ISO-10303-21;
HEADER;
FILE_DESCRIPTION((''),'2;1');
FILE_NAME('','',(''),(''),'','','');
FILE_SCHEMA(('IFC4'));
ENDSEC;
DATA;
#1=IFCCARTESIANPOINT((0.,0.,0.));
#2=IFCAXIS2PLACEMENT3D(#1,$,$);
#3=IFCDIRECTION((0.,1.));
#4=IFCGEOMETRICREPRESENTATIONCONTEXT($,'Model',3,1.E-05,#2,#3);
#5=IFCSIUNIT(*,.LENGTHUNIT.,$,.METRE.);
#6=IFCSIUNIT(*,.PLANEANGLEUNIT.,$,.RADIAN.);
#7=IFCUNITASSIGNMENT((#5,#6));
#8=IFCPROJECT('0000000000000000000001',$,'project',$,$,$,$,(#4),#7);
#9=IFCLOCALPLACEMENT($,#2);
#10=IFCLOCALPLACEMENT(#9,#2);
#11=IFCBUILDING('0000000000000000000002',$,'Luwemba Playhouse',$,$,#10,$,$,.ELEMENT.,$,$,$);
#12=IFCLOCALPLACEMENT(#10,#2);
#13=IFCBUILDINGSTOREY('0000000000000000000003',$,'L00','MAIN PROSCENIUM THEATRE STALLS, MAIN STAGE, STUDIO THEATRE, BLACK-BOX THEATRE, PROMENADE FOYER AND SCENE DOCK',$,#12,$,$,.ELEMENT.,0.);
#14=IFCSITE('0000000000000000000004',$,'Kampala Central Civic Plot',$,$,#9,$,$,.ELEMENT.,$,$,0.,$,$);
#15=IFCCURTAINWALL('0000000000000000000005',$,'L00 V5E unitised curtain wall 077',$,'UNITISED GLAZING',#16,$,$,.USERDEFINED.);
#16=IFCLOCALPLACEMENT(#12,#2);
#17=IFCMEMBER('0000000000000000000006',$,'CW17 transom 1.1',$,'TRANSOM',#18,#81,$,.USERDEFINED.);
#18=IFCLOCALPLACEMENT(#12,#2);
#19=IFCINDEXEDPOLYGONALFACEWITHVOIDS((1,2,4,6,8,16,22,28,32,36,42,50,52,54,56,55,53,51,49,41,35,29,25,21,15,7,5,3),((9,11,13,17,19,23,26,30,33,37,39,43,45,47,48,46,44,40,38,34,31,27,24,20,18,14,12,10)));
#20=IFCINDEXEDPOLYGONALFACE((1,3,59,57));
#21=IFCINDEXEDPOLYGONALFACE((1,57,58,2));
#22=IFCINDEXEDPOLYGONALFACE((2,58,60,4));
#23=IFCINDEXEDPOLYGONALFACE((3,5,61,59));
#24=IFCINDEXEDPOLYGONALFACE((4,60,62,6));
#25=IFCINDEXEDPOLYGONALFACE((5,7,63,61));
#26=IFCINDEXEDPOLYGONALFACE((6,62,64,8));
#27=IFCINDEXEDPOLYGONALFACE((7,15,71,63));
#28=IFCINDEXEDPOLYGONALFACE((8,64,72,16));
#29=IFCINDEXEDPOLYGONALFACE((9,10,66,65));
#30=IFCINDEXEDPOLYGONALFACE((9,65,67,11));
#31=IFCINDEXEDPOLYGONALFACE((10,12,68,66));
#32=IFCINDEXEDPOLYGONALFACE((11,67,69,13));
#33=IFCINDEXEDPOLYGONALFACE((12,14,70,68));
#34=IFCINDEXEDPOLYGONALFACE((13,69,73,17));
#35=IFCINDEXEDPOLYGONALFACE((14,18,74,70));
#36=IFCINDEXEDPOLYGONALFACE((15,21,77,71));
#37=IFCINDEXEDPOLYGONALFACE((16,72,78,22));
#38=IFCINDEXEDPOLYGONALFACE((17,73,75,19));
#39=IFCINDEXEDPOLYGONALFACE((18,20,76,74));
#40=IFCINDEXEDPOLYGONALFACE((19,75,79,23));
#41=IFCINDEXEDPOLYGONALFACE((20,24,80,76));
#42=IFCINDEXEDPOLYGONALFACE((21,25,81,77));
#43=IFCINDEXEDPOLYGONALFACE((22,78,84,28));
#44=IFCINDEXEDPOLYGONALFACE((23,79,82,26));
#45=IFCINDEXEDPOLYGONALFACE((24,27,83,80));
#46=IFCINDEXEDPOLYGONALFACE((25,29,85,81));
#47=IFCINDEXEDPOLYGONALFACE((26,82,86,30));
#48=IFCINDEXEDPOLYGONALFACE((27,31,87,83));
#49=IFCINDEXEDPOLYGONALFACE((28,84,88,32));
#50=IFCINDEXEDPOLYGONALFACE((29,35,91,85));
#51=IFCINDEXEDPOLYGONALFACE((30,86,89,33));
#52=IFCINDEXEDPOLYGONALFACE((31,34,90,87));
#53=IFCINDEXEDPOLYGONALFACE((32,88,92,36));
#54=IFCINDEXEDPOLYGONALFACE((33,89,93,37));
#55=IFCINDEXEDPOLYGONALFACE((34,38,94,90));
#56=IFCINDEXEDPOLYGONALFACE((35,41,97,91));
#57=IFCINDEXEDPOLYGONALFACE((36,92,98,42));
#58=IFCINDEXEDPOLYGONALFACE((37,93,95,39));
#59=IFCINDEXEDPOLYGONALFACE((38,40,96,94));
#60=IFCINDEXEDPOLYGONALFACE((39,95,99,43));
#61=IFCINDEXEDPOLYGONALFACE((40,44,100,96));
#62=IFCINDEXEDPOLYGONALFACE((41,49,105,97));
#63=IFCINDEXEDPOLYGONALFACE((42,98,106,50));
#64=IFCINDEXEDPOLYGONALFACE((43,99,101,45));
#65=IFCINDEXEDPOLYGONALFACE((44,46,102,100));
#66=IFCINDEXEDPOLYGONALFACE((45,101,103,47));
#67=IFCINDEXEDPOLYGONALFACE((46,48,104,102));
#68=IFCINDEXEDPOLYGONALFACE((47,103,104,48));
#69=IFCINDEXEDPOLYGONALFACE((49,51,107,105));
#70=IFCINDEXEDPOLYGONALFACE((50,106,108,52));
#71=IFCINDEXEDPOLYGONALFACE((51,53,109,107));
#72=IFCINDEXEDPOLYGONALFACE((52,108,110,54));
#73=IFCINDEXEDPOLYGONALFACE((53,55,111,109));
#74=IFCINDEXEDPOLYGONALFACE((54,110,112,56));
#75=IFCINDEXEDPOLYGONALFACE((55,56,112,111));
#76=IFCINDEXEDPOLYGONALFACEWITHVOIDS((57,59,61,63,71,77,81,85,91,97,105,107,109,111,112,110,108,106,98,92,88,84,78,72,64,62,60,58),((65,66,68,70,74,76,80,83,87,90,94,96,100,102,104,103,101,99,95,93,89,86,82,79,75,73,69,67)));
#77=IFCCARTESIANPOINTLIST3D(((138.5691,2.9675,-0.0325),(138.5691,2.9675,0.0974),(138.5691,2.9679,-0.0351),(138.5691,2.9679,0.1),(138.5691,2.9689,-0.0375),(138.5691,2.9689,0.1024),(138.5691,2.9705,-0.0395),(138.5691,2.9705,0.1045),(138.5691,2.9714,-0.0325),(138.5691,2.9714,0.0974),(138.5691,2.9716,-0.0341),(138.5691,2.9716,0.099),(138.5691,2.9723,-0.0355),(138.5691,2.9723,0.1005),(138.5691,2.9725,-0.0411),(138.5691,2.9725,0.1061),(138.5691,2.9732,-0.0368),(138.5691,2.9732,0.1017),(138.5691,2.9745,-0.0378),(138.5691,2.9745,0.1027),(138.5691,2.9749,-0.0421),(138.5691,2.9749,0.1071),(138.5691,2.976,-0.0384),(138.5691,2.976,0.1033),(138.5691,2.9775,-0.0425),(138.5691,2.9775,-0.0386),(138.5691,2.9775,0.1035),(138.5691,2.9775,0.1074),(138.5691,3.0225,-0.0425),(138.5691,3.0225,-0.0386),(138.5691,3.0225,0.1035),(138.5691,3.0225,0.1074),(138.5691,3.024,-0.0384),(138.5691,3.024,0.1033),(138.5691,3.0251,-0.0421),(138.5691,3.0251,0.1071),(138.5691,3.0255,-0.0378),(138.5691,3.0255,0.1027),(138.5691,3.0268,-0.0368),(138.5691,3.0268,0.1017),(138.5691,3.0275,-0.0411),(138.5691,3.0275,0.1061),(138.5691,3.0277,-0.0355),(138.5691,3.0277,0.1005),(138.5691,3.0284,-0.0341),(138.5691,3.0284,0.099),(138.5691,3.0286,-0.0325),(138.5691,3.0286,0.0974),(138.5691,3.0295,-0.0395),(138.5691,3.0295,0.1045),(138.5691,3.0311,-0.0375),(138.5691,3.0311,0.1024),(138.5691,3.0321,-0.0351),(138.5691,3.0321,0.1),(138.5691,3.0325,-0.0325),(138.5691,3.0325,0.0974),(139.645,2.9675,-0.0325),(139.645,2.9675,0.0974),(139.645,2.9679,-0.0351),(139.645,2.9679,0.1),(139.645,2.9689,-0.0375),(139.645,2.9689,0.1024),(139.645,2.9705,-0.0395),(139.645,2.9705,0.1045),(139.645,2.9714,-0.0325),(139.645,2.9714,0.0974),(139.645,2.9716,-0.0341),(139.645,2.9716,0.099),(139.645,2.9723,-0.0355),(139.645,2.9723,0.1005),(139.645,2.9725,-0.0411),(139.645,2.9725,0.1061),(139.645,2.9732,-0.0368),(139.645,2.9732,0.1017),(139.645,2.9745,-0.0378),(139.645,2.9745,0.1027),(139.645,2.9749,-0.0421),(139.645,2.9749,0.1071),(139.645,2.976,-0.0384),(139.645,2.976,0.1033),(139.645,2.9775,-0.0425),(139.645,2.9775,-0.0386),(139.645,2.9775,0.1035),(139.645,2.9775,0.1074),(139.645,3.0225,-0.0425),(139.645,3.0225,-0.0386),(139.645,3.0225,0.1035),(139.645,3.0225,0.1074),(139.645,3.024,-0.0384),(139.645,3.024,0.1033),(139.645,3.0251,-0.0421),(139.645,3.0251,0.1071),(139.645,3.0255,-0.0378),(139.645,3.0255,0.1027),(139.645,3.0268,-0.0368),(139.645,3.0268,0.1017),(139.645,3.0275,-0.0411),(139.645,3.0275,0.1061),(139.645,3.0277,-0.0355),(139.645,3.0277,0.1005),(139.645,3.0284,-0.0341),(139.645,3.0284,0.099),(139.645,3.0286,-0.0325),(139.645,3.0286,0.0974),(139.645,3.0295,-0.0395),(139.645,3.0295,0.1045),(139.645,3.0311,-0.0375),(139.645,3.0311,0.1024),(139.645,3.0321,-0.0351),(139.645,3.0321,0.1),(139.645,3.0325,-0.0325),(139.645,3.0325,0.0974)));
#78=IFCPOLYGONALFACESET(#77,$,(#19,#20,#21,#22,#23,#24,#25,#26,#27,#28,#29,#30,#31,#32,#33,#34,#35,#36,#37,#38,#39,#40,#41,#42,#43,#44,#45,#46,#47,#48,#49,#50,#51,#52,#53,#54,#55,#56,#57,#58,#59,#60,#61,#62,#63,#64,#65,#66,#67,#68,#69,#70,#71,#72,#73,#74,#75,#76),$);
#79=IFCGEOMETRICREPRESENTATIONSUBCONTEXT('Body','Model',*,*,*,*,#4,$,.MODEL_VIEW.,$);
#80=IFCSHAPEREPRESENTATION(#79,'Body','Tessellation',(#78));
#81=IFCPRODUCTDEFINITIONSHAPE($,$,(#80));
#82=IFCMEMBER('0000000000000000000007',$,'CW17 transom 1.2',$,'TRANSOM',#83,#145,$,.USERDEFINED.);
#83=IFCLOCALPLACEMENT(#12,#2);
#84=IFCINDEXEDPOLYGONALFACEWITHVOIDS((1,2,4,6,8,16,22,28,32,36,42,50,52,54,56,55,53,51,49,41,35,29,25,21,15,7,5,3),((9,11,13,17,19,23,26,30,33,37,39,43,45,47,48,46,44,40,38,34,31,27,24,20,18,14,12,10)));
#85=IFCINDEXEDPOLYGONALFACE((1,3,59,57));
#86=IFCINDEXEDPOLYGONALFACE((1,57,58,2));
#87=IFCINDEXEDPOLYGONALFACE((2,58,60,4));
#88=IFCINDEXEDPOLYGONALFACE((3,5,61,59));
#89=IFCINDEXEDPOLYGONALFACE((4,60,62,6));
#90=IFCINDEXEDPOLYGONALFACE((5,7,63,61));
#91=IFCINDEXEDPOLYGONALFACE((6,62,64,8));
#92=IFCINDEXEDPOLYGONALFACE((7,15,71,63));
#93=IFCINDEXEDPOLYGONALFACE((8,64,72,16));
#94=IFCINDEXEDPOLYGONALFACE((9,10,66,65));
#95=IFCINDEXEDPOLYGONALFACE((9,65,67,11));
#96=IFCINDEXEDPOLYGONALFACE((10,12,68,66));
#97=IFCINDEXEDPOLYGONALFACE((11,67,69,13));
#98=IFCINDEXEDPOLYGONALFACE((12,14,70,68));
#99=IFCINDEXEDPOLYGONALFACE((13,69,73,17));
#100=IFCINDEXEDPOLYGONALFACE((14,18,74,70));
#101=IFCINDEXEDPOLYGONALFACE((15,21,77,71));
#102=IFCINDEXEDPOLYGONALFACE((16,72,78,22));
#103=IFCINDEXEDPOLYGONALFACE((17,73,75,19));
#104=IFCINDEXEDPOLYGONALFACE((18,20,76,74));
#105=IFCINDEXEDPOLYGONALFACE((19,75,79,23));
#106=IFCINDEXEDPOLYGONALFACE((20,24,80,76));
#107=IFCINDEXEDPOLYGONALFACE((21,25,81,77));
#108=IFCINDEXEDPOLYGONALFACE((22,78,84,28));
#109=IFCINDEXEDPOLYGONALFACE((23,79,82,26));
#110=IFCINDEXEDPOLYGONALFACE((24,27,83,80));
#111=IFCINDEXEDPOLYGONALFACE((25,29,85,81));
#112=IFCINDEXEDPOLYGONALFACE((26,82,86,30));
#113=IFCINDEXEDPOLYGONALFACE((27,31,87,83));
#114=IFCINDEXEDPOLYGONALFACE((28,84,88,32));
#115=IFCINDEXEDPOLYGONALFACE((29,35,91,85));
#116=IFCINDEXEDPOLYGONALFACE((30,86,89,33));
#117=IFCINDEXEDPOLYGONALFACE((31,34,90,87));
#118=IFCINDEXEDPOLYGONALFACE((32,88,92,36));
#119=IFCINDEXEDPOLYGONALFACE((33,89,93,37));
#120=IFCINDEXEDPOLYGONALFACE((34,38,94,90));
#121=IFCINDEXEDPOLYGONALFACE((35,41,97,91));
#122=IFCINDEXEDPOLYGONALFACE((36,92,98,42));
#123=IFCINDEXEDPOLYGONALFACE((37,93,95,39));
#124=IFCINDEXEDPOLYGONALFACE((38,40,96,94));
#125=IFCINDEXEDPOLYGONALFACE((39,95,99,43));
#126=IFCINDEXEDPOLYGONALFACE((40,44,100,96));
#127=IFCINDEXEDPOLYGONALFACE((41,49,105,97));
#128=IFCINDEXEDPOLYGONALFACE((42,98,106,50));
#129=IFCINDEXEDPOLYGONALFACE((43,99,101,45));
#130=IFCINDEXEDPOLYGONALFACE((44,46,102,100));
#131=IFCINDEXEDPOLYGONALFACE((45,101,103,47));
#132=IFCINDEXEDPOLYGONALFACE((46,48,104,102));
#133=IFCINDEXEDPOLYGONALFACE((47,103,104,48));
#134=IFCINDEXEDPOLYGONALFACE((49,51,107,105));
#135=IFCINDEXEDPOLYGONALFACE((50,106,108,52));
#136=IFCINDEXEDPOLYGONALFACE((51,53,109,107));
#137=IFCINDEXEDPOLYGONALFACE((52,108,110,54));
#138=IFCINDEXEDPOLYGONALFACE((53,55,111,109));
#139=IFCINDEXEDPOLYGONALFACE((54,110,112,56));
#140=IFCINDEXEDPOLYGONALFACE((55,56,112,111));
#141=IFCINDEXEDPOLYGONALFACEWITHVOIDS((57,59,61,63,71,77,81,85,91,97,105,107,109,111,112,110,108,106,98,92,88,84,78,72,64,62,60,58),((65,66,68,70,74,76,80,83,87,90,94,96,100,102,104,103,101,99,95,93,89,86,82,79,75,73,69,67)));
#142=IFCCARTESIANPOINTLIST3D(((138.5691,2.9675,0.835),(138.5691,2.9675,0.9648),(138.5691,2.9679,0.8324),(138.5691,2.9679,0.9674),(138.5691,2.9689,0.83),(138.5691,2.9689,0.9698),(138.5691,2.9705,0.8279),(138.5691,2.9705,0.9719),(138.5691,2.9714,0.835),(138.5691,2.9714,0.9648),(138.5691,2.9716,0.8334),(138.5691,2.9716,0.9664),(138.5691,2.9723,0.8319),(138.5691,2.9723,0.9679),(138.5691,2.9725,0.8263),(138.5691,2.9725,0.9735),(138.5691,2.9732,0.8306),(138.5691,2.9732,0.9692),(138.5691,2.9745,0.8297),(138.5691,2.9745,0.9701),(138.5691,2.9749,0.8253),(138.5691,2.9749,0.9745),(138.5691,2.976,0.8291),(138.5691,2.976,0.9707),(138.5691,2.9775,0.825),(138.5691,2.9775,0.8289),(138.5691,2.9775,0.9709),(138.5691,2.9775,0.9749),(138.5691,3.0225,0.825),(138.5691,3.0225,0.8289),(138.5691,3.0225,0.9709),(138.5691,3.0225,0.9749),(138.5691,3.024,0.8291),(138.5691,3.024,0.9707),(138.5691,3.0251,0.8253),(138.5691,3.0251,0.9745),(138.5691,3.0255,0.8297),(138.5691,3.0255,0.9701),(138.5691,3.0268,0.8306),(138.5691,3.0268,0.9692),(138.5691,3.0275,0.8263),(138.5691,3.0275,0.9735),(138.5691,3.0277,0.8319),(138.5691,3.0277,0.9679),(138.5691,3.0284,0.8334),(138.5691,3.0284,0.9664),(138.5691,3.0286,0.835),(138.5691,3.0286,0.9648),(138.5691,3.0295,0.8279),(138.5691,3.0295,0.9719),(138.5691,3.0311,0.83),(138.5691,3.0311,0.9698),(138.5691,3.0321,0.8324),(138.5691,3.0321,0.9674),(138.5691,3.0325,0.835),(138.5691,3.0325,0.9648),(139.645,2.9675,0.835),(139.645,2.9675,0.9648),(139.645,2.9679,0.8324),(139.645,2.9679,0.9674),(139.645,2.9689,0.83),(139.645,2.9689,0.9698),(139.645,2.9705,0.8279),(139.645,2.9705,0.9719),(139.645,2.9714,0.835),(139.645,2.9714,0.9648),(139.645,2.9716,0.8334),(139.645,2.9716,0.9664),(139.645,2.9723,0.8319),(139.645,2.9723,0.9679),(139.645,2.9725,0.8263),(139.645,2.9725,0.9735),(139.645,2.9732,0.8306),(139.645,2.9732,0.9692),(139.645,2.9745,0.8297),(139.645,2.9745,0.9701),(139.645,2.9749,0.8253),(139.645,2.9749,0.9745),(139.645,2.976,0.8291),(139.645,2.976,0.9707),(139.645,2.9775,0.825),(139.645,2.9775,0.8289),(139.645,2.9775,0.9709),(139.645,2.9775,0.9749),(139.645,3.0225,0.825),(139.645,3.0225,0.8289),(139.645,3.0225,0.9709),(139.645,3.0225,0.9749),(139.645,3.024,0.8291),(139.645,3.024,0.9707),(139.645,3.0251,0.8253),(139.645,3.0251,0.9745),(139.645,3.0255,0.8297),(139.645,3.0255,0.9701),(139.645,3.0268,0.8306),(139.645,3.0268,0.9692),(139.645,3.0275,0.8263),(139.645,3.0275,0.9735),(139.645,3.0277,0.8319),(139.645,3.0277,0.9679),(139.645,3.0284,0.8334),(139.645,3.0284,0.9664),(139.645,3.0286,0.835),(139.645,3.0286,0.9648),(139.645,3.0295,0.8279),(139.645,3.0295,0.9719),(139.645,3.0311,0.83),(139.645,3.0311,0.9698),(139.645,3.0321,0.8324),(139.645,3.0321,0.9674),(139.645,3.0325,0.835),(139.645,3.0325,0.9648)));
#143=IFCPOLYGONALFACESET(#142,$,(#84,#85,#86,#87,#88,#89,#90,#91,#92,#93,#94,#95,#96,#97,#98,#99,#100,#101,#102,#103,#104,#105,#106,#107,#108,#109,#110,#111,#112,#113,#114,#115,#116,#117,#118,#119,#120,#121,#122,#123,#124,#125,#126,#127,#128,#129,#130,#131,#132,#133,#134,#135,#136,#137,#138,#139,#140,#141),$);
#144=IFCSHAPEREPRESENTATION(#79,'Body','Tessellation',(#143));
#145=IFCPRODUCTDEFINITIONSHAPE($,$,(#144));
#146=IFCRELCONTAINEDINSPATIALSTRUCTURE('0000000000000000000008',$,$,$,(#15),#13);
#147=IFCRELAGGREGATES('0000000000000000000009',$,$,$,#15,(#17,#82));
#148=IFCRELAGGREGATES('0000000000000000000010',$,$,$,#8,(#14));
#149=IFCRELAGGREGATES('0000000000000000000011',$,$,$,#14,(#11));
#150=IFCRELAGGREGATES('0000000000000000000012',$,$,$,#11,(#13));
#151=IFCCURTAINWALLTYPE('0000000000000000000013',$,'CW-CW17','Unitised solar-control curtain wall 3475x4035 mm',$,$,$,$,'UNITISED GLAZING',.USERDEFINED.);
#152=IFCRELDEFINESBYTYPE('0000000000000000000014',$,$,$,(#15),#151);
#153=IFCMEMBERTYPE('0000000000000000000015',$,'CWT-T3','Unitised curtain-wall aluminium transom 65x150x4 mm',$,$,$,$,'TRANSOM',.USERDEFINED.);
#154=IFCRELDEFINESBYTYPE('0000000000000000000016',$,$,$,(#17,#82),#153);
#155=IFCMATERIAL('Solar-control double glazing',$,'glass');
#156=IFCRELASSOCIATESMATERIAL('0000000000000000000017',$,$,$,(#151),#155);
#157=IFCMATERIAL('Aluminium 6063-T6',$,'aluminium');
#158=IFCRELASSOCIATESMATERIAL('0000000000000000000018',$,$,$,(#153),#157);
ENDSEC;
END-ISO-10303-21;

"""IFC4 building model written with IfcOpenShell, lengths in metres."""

from ifc_helpers import new_model, si_unit, direction, frame, origin, origin_2d, place, context, subcontext, project, spatial, hollow_rectangle, extrude, material, material_profile, profile_set, type_object, element, aggregate, save


model = new_model("IFC4")

# Units and contexts
model_context = context("Model", 3, precision=1e-05, world=origin(), true_north=direction((0.0, 1.0)))
body_context = subcontext(model_context, "Body", "Model", "MODEL_VIEW")
ifc_project = project(units=[si_unit("LENGTHUNIT", "METRE"), si_unit("PLANEANGLEUNIT", "RADIAN")], contexts=[model_context])

# Site, building, storey
site_placement = place(None, origin())
site = spatial("IfcSite", under=ifc_project, at=site_placement, Name="Kampala Central Civic Plot", CompositionType="ELEMENT", RefElevation=0.0)
building_placement = place(site_placement, origin())
building = spatial("IfcBuilding", under=site, at=building_placement, Name="Luwemba Playhouse", CompositionType="ELEMENT")
storey_placement = place(building_placement, origin())
storey = spatial("IfcBuildingStorey", under=building, at=storey_placement, Name="L00", Description="MAIN PROSCENIUM THEATRE STALLS, MAIN STAGE, STUDIO THEATRE, BLACK-BOX THEATRE, PROMENADE FOYER AND SCENE DOCK", CompositionType="ELEMENT", Elevation=0.0)

# Shared definitions
ifc_material_1 = material(Name="Solar-control double glazing", Category="glass")
ifc_material_2 = material(Name="Aluminium 6063-T6", Category="aluminium")

# Curtain wall, members
curtain_wall_type_1 = type_object("IfcCurtainWallType", Name="CW-CW17", Description="Unitised solar-control curtain wall 3475x4035 mm", ElementType="UNITISED GLAZING", PredefinedType="USERDEFINED", material=ifc_material_1)
curtain_wall_1_placement = place(storey_placement, origin())
curtain_wall_1 = element("IfcCurtainWall", 1, at=curtain_wall_1_placement, inside=storey, type_object=curtain_wall_type_1, Name="L00 V5E unitised curtain wall 077", ObjectType="UNITISED GLAZING", PredefinedType="USERDEFINED")
ifc_material_profile_1 = material_profile(ifc_material_2, hollow_rectangle(XDim=0.0649, YDim=0.1499, WallThickness=0.0039, InnerFilletRadius=0.0061, OuterFilletRadius=0.01, at=origin_2d()))
ifc_profile_set_1 = profile_set([ifc_material_profile_1], Name="Aluminium 6063-T6")
member_type_1 = type_object("IfcMemberType", Name="CWT-T3", Description="Unitised curtain-wall aluminium transom 65x150x4 mm", ElementType="TRANSOM", PredefinedType="USERDEFINED", material=ifc_profile_set_1)
member_1_placement = place(storey_placement, frame((139.645, 3.0, 0.0325), z_axis=(-1.0, 0.0, 0.0), x_axis=(0.0, -1.0, 0.0)))
member_1 = element("IfcMember", 2, at=member_1_placement, type_object=member_type_1, Name="CW17 transom 1.1", ObjectType="TRANSOM", PredefinedType="USERDEFINED", context=body_context, shape_type="SweptSolid", body=[
    extrude(hollow_rectangle(XDim=0.0649, YDim=0.1499, WallThickness=0.0039, InnerFilletRadius=0.0061, OuterFilletRadius=0.01, at=origin_2d()), origin(), (0.0, 0.0, 1.0), 1.0759),
])
member_2_placement = place(storey_placement, frame((139.645, 3.0, 0.8999), z_axis=(-1.0, 0.0, 0.0), x_axis=(0.0, -1.0, 0.0)))
member_2 = element("IfcMember", 3, at=member_2_placement, type_object=member_type_1, Name="CW17 transom 1.2", ObjectType="TRANSOM", PredefinedType="USERDEFINED", context=body_context, shape_type="SweptSolid", body=[
    extrude(hollow_rectangle(XDim=0.0649, YDim=0.1499, WallThickness=0.0039, InnerFilletRadius=0.0061, OuterFilletRadius=0.01, at=origin_2d()), origin(), (0.0, 0.0, 1.0), 1.0759),
])

aggregate(curtain_wall_1, [member_1, member_2])

save(model, "model.ifc")
